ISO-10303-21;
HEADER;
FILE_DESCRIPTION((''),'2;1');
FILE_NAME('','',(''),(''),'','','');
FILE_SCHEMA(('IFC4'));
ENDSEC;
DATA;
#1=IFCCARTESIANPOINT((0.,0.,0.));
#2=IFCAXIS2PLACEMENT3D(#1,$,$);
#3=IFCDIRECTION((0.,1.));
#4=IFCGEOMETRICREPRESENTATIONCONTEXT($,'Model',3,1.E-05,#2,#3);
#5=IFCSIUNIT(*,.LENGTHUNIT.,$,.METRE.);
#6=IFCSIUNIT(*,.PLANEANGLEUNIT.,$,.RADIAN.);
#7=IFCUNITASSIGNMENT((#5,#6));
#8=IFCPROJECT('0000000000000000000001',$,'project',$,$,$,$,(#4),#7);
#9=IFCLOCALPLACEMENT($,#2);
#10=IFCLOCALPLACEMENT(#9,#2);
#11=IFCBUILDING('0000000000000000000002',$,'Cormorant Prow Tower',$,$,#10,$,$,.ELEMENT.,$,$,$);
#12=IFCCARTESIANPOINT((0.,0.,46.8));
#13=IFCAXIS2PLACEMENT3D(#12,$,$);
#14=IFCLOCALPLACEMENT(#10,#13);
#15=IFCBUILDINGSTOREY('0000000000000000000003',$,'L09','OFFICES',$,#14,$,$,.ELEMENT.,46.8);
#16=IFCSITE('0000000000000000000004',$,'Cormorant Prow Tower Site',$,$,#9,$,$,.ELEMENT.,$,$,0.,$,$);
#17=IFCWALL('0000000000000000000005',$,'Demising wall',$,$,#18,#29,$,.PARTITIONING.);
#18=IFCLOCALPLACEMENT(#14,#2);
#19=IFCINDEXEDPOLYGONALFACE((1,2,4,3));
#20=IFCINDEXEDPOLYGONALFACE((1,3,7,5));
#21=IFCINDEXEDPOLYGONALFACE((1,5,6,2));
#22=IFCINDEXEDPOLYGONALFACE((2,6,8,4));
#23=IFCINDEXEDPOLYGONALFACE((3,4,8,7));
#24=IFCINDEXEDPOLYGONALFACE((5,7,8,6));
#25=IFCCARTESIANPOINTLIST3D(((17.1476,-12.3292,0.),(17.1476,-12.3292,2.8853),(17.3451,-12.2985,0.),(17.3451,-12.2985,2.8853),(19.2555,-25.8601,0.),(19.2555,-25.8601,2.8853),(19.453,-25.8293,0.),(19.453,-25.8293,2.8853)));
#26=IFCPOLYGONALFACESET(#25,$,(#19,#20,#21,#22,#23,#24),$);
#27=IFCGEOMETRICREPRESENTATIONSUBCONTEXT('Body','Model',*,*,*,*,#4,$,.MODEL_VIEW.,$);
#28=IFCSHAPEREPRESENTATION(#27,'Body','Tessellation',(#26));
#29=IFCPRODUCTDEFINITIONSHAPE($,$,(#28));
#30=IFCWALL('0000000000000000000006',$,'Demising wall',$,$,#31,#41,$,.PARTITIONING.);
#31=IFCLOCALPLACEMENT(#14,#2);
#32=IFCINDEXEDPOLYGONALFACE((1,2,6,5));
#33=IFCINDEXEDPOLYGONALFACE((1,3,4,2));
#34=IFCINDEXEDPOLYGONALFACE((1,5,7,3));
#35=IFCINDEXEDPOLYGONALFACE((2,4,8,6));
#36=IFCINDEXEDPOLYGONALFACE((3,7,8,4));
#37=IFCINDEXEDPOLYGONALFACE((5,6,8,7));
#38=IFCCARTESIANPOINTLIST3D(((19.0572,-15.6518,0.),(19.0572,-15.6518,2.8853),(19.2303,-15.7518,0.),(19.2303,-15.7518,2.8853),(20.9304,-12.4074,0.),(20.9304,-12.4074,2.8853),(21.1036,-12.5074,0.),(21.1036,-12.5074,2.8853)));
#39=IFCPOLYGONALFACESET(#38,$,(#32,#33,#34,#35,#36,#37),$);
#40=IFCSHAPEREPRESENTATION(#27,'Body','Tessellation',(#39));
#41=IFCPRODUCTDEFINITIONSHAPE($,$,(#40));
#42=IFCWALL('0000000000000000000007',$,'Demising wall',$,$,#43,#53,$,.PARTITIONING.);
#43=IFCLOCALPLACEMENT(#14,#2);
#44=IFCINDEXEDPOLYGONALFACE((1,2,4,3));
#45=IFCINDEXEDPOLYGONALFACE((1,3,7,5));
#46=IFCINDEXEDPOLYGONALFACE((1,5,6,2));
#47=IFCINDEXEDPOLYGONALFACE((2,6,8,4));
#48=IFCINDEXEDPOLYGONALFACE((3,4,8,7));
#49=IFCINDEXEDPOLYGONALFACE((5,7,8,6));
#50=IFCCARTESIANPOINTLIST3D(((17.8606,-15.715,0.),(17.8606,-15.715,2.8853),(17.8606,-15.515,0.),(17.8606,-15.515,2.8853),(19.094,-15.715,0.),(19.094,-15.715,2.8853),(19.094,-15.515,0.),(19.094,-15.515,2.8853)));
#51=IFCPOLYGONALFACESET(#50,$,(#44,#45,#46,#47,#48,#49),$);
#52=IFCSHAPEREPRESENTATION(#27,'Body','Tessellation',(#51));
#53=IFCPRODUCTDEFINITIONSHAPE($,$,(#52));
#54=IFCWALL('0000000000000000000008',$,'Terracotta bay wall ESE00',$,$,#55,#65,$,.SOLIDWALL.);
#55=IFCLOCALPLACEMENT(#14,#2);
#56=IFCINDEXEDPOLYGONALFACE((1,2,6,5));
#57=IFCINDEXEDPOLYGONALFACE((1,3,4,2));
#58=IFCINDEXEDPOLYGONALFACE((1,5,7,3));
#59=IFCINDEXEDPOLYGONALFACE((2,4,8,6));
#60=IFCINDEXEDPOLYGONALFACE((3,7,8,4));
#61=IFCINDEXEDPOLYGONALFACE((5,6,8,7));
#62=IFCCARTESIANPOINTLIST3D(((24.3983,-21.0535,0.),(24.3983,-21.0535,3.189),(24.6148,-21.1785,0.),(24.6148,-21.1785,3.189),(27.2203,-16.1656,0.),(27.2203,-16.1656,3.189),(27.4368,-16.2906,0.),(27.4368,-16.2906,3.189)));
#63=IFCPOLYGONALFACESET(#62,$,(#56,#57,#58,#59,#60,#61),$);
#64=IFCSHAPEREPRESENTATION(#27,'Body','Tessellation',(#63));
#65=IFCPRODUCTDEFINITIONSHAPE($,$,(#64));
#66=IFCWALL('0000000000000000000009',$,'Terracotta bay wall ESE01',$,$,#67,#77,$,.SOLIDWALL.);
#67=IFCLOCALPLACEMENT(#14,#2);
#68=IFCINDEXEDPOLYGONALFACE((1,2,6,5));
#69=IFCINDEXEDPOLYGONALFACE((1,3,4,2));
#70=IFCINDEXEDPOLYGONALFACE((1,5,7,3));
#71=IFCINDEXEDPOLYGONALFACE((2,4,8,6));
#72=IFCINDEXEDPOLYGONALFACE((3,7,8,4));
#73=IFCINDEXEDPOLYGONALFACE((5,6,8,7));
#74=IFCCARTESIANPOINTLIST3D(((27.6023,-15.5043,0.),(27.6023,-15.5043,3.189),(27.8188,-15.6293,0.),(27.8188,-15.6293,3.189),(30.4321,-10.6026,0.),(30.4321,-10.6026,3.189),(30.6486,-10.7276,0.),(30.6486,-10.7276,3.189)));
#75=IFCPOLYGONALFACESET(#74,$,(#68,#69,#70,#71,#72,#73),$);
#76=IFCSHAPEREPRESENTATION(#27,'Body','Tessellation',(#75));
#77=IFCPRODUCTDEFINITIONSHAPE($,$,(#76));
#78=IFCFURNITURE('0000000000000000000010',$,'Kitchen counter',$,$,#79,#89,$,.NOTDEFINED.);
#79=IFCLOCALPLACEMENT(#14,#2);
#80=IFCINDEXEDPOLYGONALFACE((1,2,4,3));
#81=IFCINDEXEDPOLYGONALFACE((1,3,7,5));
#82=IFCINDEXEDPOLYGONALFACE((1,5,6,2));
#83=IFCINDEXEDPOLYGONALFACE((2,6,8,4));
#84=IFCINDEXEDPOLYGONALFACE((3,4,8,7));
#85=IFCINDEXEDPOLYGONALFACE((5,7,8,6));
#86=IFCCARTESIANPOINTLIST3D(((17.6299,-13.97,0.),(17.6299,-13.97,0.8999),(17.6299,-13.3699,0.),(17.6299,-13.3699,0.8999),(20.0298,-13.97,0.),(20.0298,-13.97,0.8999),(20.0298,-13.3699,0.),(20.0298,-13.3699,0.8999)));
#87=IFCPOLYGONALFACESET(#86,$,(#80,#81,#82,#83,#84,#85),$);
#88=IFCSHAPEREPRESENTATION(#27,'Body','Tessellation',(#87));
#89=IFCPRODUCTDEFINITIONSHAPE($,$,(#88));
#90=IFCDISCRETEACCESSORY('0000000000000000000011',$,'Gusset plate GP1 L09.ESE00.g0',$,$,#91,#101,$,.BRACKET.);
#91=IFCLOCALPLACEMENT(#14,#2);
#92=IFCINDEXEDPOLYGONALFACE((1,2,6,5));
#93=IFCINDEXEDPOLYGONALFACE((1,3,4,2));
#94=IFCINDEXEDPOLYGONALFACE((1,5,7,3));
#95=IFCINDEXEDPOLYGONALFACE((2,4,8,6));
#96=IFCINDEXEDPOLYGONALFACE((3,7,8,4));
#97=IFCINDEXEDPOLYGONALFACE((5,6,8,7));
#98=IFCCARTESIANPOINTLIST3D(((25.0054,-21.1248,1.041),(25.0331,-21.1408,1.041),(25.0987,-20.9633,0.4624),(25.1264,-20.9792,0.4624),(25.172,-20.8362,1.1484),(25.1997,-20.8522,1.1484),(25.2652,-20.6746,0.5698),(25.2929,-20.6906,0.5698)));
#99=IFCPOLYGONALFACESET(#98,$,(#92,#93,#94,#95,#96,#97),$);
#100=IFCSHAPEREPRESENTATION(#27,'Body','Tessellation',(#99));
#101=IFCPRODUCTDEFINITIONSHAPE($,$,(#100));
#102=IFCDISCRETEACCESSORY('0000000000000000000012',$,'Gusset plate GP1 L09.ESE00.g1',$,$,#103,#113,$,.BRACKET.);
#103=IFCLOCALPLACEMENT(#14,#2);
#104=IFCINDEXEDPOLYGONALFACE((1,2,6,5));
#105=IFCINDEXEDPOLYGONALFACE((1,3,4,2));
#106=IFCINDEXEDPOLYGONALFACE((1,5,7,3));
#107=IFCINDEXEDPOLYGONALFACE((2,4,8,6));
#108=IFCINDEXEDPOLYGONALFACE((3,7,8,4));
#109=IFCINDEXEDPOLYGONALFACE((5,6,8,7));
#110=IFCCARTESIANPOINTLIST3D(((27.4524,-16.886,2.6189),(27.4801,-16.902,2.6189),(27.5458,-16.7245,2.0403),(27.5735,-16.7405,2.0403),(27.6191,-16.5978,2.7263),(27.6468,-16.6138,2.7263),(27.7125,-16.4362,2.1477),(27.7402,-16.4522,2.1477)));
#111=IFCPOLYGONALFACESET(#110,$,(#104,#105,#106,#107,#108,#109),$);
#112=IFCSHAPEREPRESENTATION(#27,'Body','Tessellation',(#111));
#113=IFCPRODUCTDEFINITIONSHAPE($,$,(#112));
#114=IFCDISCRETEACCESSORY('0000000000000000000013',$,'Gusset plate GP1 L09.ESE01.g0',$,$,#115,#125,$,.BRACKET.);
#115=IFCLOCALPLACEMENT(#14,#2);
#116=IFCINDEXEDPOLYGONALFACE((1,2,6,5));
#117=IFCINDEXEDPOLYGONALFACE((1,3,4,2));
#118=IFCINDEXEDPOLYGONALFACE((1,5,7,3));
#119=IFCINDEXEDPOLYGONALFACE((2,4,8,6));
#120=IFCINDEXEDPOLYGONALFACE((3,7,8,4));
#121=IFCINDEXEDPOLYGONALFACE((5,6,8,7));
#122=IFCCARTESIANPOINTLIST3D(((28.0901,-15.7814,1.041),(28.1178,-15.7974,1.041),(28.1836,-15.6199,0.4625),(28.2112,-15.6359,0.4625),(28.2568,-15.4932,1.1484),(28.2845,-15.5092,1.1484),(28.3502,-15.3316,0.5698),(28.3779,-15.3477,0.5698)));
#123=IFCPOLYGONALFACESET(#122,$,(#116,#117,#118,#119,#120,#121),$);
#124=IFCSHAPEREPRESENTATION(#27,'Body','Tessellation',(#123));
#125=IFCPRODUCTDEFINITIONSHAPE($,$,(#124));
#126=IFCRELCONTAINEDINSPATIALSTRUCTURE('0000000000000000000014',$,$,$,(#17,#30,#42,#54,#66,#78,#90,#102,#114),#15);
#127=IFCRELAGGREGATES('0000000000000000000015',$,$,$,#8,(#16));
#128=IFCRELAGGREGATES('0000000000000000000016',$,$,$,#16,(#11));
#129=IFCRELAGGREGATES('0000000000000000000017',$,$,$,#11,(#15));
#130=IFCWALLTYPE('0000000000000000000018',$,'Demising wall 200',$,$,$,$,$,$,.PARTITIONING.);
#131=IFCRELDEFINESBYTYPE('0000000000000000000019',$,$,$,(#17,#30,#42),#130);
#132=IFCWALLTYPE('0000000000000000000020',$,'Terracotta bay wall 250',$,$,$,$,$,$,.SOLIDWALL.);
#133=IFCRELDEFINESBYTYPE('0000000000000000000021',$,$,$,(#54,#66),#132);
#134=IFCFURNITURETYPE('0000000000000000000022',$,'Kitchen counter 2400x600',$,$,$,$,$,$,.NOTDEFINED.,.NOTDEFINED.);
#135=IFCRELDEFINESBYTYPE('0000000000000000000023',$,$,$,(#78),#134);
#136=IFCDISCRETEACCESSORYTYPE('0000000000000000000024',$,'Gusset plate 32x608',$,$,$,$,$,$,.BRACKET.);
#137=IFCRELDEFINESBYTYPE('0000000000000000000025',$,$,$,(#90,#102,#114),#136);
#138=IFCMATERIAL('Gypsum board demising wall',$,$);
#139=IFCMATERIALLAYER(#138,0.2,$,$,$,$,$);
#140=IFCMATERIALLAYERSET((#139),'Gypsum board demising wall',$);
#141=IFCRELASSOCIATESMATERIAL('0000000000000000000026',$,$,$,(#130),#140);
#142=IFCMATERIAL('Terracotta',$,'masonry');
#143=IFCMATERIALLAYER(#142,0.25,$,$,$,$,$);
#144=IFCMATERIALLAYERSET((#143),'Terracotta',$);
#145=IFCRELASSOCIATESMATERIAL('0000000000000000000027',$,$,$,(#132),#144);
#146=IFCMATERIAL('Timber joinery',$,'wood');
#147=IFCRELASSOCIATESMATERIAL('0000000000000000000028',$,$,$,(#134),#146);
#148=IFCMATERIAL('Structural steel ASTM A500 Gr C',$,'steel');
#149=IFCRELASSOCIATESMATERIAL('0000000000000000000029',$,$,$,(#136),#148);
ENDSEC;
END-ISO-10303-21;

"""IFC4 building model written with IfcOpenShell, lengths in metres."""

from ifc_helpers import new_model, si_unit, direction, frame, frame_2d, origin, origin_2d, place, context, subcontext, project, spatial, rectangle, extrude, material, layer, layer_set, material_profile, profile_set, type_object, element, save


model = new_model("IFC4")

# Units and contexts
model_context = context("Model", 3, precision=1e-05, world=origin(), true_north=direction((0.0, 1.0)))
body_context = subcontext(model_context, "Body", "Model", "MODEL_VIEW")
ifc_project = project(units=[si_unit("LENGTHUNIT", "METRE"), si_unit("PLANEANGLEUNIT", "RADIAN")], contexts=[model_context])

# Site, building, storey
site_placement = place(None, origin())
site = spatial("IfcSite", under=ifc_project, at=site_placement, Name="Cormorant Prow Tower Site", CompositionType="ELEMENT", RefElevation=0.0)
building_placement = place(site_placement, origin())
building = spatial("IfcBuilding", under=site, at=building_placement, Name="Cormorant Prow Tower", CompositionType="ELEMENT")
storey_placement = place(building_placement, frame((0.0, 0.0, 46.8)))
storey = spatial("IfcBuildingStorey", under=building, at=storey_placement, Name="L09", Description="OFFICES", CompositionType="ELEMENT", Elevation=46.8)

# Walls
ifc_material_1 = material(Name="Gypsum board demising wall")
ifc_layer_1 = layer(ifc_material_1, 0.2)
ifc_layer_set_1 = layer_set([ifc_layer_1], Name="Gypsum board demising wall")
wall_type_1 = type_object("IfcWallType", Name="Demising wall 200", PredefinedType="PARTITIONING", material=ifc_layer_set_1)
wall_1_placement = place(storey_placement, frame((17.2463, -12.3137, 0.0), z_axis=(0.0, 0.0, 1.0), x_axis=(0.153927, -0.988082, 0.0)))
element("IfcWall", 1, at=wall_1_placement, inside=storey, type_object=wall_type_1, Name="Demising wall", PredefinedType="PARTITIONING", context=body_context, shape_type="SweptSolid", body=[
    extrude(rectangle(XDim=13.6941, YDim=0.2, at=frame_2d((6.8472, 0.0))), origin(), (0.0, 0.0, 1.0), 2.8853),
])
wall_2_placement = place(storey_placement, frame((19.1438, -15.7017, 0.0), z_axis=(0.0, 0.0, 1.0), x_axis=(0.500029, 0.866009, 0.0)))
element("IfcWall", 2, at=wall_2_placement, inside=storey, type_object=wall_type_1, Name="Demising wall", PredefinedType="PARTITIONING", context=body_context, shape_type="SweptSolid", body=[
    extrude(rectangle(XDim=3.7463, YDim=0.2, at=frame_2d((1.873, 0.0))), origin(), (0.0, 0.0, 1.0), 2.8853),
])
wall_3_placement = place(storey_placement, frame((17.8606, -15.615, 0.0), z_axis=(0.0, 0.0, 1.0), x_axis=(1.0, 0.0, 0.0)))
element("IfcWall", 3, at=wall_3_placement, inside=storey, type_object=wall_type_1, Name="Demising wall", PredefinedType="PARTITIONING", context=body_context, shape_type="SweptSolid", body=[
    extrude(rectangle(XDim=1.2334, YDim=0.2, at=frame_2d((0.6167, 0.0))), origin(), (0.0, 0.0, 1.0), 2.8853),
])
ifc_material_2 = material(Name="Terracotta", Category="masonry")
ifc_layer_2 = layer(ifc_material_2, 0.25)
ifc_layer_set_2 = layer_set([ifc_layer_2], Name="Terracotta")
wall_type_2 = type_object("IfcWallType", Name="Terracotta bay wall 250", PredefinedType="SOLIDWALL", material=ifc_layer_set_2)
wall_4_placement = place(storey_placement, frame((24.5066, -21.116, 0.0), z_axis=(0.0, 0.0, 1.0), x_axis=(0.499996, 0.866028, 0.0)))
element("IfcWall", 4, at=wall_4_placement, inside=storey, type_object=wall_type_2, Name="Terracotta bay wall ESE00", PredefinedType="SOLIDWALL", context=body_context, shape_type="SweptSolid", body=[
    extrude(rectangle(XDim=5.644, YDim=0.25, at=frame_2d((2.822, 0.0))), origin(), (0.0, 0.0, 1.0), 3.189),
])
wall_5_placement = place(storey_placement, frame((27.7104, -15.5669, 0.0), z_axis=(0.0, 0.0, 1.0), x_axis=(0.499985, 0.866034, 0.0)))
element("IfcWall", 5, at=wall_5_placement, inside=storey, type_object=wall_type_2, Name="Terracotta bay wall ESE01", PredefinedType="SOLIDWALL", context=body_context, shape_type="SweptSolid", body=[
    extrude(rectangle(XDim=5.6599, YDim=0.25, at=frame_2d((2.8301, 0.0))), origin(), (0.0, 0.0, 1.0), 3.189),
])

# Furniture
ifc_material_3 = material(Name="Timber joinery", Category="wood")
furniture_type = type_object("IfcFurnitureType", Name="Kitchen counter 2400x600", AssemblyPlace="NOTDEFINED", PredefinedType="NOTDEFINED", material=ifc_material_3)
furniture_placement = place(storey_placement, frame((18.8298, -13.6699, 0.0), z_axis=(0.0, 0.0, 1.0), x_axis=(1.0, 0.0, 0.0)))
element("IfcFurniture", 6, at=furniture_placement, inside=storey, type_object=furniture_type, Name="Kitchen counter", PredefinedType="NOTDEFINED", context=body_context, shape_type="SweptSolid", body=[
    extrude(rectangle(XDim=2.3999, YDim=0.6001, at=origin_2d()), origin(), (0.0, 0.0, 1.0), 0.8999),
])

# Discrete accessories
ifc_material_4 = material(Name="Structural steel ASTM A500 Gr C", Category="steel")
ifc_material_profile_1 = material_profile(ifc_material_4, rectangle(XDim=0.032, YDim=0.6079, at=origin_2d()), Name="Gusset plate 32x608")
ifc_profile_set_1 = profile_set([ifc_material_profile_1], Name="Structural steel ASTM A500 Gr C")
discrete_accessory_type = type_object("IfcDiscreteAccessoryType", Name="Gusset plate 32x608", PredefinedType="BRACKET", material=ifc_profile_set_1)
discrete_accessory_placement = place(storey_placement, frame((25.2324, -20.7634, 0.8591), z_axis=(-0.475652, -0.82437, -0.306872), x_axis=(0.866161, -0.499765, 0.0)))
element("IfcDiscreteAccessory", 7, at=discrete_accessory_placement, inside=storey, type_object=discrete_accessory_type, Name="Gusset plate GP1 L09.ESE00.g0", PredefinedType="BRACKET", context=body_context, shape_type="SweptSolid", body=[
    extrude(rectangle(XDim=0.032, YDim=0.6079, at=origin_2d()), origin(), (0.0, 0.0, 1.0), 0.3501),
])
for number, where, z_axis, x_axis, name in (
    (8, (27.5129, -16.8132, 2.3296), (0.476465, 0.823872, 0.306946), (-0.86566, 0.500632, 0.0), "Gusset plate GP1 L09.ESE00.g1"),
    (9, (28.3174, -15.4204, 0.8591), (-0.476465, -0.823872, -0.306946), (0.86566, -0.500632, 0.0), "Gusset plate GP1 L09.ESE01.g0"),
):
    element("IfcDiscreteAccessory", number, at=place(storey_placement, frame(where, z_axis=z_axis, x_axis=x_axis)), inside=storey, type_object=discrete_accessory_type, Name=name, PredefinedType="BRACKET", context=body_context, shape_type="SweptSolid", body=[
        extrude(rectangle(XDim=0.032, YDim=0.6079, at=origin_2d()), origin(), (0.0, 0.0, 1.0), 0.3499),
    ])

save(model, "model.ifc")
